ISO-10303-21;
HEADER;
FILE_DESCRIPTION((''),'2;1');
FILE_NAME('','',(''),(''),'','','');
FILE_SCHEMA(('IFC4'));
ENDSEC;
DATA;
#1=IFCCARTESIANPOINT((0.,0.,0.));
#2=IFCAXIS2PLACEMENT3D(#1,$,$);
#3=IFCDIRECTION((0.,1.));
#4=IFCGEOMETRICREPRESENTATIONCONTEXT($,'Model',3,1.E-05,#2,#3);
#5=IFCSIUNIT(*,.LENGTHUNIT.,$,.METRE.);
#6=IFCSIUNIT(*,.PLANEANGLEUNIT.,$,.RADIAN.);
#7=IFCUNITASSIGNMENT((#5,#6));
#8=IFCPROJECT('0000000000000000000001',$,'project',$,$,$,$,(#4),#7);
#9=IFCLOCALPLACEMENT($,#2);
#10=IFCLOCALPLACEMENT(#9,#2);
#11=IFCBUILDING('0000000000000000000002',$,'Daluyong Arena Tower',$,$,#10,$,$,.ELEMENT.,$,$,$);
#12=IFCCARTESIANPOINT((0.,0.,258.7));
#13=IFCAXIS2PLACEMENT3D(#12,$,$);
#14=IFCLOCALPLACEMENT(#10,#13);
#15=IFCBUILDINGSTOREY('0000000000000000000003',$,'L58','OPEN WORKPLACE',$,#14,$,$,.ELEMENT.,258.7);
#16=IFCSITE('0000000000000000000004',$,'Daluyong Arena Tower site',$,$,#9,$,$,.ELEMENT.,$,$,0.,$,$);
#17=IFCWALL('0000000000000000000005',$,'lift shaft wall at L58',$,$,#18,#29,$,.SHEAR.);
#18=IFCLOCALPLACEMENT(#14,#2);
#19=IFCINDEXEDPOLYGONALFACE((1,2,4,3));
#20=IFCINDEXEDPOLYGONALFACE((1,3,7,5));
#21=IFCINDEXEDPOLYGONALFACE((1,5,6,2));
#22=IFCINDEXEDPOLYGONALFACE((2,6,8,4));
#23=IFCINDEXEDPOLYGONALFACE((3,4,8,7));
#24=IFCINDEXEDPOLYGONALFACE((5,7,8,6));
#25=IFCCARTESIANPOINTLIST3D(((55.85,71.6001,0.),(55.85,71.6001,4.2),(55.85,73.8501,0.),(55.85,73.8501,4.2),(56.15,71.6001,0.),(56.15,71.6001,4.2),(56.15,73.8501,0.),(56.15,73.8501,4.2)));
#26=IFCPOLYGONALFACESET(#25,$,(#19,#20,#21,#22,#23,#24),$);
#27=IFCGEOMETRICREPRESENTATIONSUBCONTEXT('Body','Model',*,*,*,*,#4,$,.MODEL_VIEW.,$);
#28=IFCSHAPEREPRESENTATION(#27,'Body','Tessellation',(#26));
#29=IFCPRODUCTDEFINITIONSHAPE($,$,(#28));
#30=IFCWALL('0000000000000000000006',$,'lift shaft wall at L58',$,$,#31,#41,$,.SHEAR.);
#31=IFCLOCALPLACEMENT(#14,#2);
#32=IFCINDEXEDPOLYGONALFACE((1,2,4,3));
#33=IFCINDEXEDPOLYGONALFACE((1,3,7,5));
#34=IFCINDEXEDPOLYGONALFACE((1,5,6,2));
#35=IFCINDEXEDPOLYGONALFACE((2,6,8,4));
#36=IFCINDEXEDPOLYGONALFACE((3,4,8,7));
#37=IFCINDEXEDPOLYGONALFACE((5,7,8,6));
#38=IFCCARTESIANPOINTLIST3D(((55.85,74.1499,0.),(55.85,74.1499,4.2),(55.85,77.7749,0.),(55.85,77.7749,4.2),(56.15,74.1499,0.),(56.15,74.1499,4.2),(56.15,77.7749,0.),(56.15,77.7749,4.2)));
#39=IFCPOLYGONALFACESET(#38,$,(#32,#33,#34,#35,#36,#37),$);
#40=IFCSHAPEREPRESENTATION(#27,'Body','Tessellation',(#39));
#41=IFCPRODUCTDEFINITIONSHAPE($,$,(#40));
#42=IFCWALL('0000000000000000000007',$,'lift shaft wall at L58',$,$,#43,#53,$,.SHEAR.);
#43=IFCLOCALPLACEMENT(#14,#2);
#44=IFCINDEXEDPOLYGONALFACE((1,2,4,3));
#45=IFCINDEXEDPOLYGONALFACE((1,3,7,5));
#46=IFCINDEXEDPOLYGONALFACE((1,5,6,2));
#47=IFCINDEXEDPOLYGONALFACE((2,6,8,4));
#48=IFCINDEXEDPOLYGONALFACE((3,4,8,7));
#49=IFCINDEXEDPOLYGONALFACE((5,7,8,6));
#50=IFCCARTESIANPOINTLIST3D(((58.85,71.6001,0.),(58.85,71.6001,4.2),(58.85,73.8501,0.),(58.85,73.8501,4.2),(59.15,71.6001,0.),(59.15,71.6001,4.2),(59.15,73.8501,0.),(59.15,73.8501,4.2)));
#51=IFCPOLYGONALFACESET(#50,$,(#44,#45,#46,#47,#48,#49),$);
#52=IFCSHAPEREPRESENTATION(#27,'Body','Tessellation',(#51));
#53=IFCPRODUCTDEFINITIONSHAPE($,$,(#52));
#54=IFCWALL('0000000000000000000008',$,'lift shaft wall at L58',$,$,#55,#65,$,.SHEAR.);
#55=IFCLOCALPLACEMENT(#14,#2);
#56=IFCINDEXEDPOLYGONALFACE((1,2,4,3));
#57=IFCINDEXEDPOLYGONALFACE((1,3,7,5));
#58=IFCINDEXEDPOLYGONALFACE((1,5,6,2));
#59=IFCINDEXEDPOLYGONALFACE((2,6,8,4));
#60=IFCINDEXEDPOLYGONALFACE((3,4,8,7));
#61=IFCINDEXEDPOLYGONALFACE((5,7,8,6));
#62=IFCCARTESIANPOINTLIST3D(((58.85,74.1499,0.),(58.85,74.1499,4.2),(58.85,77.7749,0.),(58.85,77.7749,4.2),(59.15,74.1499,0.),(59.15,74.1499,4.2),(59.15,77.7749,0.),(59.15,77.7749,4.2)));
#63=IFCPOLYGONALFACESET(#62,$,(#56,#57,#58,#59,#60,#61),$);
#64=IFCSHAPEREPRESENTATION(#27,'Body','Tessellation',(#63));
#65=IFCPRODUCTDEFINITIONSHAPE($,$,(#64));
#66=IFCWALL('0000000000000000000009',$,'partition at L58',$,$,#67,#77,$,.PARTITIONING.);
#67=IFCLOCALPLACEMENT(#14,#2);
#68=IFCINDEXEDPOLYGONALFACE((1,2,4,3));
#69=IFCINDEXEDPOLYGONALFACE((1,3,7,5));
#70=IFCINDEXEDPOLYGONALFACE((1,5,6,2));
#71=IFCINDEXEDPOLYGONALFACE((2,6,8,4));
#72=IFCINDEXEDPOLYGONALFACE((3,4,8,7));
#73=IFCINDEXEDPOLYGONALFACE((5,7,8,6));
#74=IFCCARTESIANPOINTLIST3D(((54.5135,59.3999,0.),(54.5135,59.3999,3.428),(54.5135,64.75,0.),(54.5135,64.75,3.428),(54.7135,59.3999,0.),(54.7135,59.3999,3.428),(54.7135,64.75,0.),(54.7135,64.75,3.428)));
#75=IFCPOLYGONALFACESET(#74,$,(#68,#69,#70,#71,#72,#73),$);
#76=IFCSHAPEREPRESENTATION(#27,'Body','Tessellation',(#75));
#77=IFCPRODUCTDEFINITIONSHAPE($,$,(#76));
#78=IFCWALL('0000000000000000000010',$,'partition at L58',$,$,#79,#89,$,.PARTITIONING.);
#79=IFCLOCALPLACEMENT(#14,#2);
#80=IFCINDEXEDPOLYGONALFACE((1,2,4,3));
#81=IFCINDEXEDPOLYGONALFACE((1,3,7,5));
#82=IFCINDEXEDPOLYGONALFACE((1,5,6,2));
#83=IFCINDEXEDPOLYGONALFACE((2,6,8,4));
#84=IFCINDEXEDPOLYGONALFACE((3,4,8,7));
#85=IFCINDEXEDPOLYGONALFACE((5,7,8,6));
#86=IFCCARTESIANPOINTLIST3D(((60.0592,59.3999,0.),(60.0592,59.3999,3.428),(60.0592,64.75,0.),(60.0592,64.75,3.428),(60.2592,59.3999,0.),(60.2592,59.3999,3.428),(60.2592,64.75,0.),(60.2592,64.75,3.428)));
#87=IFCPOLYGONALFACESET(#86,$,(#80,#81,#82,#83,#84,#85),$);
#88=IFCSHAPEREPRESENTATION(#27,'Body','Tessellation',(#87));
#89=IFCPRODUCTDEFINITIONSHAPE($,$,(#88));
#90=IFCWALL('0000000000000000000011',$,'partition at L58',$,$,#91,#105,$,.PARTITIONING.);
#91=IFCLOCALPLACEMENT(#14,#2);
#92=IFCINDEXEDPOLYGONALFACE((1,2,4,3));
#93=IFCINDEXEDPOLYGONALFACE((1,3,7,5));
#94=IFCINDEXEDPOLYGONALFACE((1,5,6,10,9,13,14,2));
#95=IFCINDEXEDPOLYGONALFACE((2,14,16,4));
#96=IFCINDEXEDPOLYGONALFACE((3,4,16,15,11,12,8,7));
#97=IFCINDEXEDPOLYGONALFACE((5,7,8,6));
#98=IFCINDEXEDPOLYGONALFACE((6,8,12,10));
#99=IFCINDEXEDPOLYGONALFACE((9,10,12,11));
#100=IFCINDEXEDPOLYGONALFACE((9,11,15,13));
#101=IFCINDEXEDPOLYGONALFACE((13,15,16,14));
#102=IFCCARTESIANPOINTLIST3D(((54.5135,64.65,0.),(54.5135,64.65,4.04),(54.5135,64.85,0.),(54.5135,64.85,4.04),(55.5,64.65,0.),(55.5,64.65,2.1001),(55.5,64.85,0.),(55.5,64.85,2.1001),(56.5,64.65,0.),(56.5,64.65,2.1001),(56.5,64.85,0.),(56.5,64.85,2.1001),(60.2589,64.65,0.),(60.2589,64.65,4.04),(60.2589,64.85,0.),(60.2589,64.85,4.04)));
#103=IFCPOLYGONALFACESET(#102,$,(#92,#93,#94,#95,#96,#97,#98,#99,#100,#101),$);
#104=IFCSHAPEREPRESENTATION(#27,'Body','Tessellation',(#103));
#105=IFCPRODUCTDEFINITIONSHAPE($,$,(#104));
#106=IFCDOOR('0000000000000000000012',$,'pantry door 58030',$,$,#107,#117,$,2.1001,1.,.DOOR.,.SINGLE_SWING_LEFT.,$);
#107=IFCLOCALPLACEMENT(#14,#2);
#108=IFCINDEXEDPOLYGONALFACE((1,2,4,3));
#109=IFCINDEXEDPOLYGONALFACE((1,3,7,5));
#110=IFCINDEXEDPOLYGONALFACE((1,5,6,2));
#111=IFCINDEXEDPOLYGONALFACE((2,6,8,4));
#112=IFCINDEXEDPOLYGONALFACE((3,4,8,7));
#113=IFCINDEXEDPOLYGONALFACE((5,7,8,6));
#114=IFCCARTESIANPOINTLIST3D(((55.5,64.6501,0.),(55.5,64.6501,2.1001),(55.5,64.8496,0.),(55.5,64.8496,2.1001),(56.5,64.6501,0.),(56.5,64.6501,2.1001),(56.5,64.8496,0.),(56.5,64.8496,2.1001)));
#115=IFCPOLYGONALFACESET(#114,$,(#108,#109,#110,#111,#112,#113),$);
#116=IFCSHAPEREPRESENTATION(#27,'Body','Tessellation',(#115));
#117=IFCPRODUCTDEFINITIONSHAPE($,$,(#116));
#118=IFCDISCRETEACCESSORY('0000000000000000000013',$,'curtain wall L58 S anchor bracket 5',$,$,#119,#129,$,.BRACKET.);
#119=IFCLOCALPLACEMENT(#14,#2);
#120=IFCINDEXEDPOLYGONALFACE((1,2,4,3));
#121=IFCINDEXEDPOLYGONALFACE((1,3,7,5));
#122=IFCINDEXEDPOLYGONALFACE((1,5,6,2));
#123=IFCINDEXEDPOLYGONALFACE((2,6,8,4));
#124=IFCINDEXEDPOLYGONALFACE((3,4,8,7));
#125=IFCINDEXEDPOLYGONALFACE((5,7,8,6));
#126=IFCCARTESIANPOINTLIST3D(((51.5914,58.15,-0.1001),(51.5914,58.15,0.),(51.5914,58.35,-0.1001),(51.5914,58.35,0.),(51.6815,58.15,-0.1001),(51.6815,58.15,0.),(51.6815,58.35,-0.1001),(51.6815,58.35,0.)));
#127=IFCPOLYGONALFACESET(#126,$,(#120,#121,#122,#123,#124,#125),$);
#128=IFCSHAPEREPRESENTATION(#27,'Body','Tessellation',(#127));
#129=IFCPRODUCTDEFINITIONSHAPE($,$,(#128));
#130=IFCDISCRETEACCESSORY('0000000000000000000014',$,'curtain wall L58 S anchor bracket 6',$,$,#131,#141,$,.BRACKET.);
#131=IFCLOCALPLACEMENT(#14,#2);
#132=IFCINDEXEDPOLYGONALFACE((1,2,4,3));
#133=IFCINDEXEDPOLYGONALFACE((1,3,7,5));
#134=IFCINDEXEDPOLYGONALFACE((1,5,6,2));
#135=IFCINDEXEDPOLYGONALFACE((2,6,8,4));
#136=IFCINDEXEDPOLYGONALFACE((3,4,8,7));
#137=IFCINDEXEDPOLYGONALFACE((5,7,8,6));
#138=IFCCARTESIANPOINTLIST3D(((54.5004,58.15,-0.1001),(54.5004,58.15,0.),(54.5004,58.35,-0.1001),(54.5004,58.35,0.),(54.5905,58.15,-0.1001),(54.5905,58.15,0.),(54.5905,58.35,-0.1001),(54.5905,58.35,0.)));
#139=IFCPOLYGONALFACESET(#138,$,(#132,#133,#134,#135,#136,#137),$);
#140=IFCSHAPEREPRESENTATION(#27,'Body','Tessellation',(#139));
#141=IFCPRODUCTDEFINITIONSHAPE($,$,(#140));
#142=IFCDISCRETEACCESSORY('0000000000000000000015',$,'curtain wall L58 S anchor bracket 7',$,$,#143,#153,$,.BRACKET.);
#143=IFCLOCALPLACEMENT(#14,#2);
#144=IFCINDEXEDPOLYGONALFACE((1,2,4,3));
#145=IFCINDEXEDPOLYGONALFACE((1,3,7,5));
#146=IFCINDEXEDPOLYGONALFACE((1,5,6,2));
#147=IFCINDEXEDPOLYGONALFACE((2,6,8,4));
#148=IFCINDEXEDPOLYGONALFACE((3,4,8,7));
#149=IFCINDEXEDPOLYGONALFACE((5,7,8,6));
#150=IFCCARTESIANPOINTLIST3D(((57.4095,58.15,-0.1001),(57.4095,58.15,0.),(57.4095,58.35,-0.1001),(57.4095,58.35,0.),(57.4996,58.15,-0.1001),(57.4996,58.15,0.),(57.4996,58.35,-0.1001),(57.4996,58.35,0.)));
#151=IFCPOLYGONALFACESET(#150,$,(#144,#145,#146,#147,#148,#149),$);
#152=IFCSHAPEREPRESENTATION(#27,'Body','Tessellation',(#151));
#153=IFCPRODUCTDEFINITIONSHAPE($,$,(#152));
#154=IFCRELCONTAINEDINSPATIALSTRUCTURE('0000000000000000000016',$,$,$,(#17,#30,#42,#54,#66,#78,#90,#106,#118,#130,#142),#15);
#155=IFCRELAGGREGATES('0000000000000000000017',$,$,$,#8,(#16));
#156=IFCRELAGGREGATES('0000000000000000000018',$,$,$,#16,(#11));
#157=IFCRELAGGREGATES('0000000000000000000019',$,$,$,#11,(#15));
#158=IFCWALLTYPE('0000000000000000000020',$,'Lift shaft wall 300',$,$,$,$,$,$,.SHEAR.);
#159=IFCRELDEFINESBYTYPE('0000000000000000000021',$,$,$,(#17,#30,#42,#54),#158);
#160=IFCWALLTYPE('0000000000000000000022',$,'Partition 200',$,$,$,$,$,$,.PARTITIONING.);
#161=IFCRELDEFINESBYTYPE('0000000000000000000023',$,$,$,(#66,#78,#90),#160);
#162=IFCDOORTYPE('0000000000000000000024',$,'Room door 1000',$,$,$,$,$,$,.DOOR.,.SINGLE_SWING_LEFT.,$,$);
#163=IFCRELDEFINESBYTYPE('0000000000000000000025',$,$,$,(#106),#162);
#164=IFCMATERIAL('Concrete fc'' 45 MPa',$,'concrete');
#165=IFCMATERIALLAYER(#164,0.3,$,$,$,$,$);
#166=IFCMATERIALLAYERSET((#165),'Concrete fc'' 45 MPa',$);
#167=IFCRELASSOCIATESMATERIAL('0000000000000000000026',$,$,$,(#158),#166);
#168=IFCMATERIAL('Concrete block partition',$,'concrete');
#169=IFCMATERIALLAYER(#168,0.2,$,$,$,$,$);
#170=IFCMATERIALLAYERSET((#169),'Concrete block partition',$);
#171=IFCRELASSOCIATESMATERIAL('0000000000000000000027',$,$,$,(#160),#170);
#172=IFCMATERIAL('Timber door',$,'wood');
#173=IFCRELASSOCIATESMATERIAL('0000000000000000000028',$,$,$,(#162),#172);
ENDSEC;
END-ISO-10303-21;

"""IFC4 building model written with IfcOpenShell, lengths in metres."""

from ifc_helpers import new_model, si_unit, direction, frame, frame_2d, origin, origin_2d, place, context, subcontext, project, spatial, rectangle, extrude, material, layer, layer_set, type_object, element, fill, save


model = new_model("IFC4")

# Units and contexts
model_context = context("Model", 3, precision=1e-05, world=origin(), true_north=direction((0.0, 1.0)))
body_context = subcontext(model_context, "Body", "Model", "MODEL_VIEW")
ifc_project = project(units=[si_unit("LENGTHUNIT", "METRE"), si_unit("PLANEANGLEUNIT", "RADIAN")], contexts=[model_context])

# Site, building, storey
site_placement = place(None, origin())
site = spatial("IfcSite", under=ifc_project, at=site_placement, Name="Daluyong Arena Tower site", CompositionType="ELEMENT", RefElevation=0.0)
building_placement = place(site_placement, origin())
building = spatial("IfcBuilding", under=site, at=building_placement, Name="Daluyong Arena Tower", CompositionType="ELEMENT")
storey_placement = place(building_placement, frame((0.0, 0.0, 258.7)))
storey = spatial("IfcBuildingStorey", under=building, at=storey_placement, Name="L58", Description="OPEN WORKPLACE", CompositionType="ELEMENT", Elevation=258.7)

# Walls
ifc_material_1 = material(Name="Concrete fc' 45 MPa", Category="concrete")
ifc_layer_1 = layer(ifc_material_1, 0.3)
ifc_layer_set_1 = layer_set([ifc_layer_1], Name="Concrete fc' 45 MPa")
wall_type_1 = type_object("IfcWallType", Name="Lift shaft wall 300", PredefinedType="SHEAR", material=ifc_layer_set_1)
wall_1_placement = place(storey_placement, frame((56.0, 71.6001, 0.0), z_axis=(0.0, 0.0, 1.0), x_axis=(0.0, 1.0, 0.0)))
element("IfcWall", 1, at=wall_1_placement, inside=storey, type_object=wall_type_1, Name="lift shaft wall at L58", PredefinedType="SHEAR", context=body_context, shape_type="SweptSolid", body=[
    extrude(rectangle(XDim=2.25, YDim=0.3, at=frame_2d((1.125, 0.0))), origin(), (0.0, 0.0, 1.0), 4.2),
])
wall_2_placement = place(storey_placement, frame((56.0, 74.1499, 0.0), z_axis=(0.0, 0.0, 1.0), x_axis=(0.0, 1.0, 0.0)))
element("IfcWall", 2, at=wall_2_placement, inside=storey, type_object=wall_type_1, Name="lift shaft wall at L58", PredefinedType="SHEAR", context=body_context, shape_type="SweptSolid", body=[
    extrude(rectangle(XDim=3.625, YDim=0.3, at=frame_2d((1.8125, 0.0))), origin(), (0.0, 0.0, 1.0), 4.2),
])
wall_3_placement = place(storey_placement, frame((59.0, 71.6001, 0.0), z_axis=(0.0, 0.0, 1.0), x_axis=(0.0, 1.0, 0.0)))
element("IfcWall", 3, at=wall_3_placement, inside=storey, type_object=wall_type_1, Name="lift shaft wall at L58", PredefinedType="SHEAR", context=body_context, shape_type="SweptSolid", body=[
    extrude(rectangle(XDim=2.25, YDim=0.3, at=frame_2d((1.125, 0.0))), origin(), (0.0, 0.0, 1.0), 4.2),
])
wall_4_placement = place(storey_placement, frame((59.0, 74.1499, 0.0), z_axis=(0.0, 0.0, 1.0), x_axis=(0.0, 1.0, 0.0)))
element("IfcWall", 4, at=wall_4_placement, inside=storey, type_object=wall_type_1, Name="lift shaft wall at L58", PredefinedType="SHEAR", context=body_context, shape_type="SweptSolid", body=[
    extrude(rectangle(XDim=3.625, YDim=0.3, at=frame_2d((1.8125, 0.0))), origin(), (0.0, 0.0, 1.0), 4.2),
])
ifc_material_2 = material(Name="Concrete block partition", Category="concrete")
ifc_layer_2 = layer(ifc_material_2, 0.2)
ifc_layer_set_2 = layer_set([ifc_layer_2], Name="Concrete block partition")
wall_type_2 = type_object("IfcWallType", Name="Partition 200", PredefinedType="PARTITIONING", material=ifc_layer_set_2)
for number, where, z_axis, x_axis, name in (
    (5, (54.6135, 59.3999, 0.0), (0.0, 0.0, 1.0), (0.0, 1.0, 0.0), "partition at L58"),
    (6, (60.1592, 59.3999, 0.0), (0.0, 0.0, 1.0), (0.0, 1.0, 0.0), "partition at L58"),
):
    element("IfcWall", number, at=place(storey_placement, frame(where, z_axis=z_axis, x_axis=x_axis)), inside=storey, type_object=wall_type_2, Name=name, PredefinedType="PARTITIONING", context=body_context, shape_type="SweptSolid", body=[
        extrude(rectangle(XDim=5.3501, YDim=0.2, at=frame_2d((2.675, 0.0))), origin(), (0.0, 0.0, 1.0), 3.428),
    ])

# Wall, opening, door
wall_5_placement = place(storey_placement, frame((54.5137, 64.75, 0.0), z_axis=(0.0, 0.0, 1.0), x_axis=(1.0, 0.0, 0.0)))
wall_5 = element("IfcWall", 7, at=wall_5_placement, inside=storey, type_object=wall_type_2, Name="partition at L58", PredefinedType="PARTITIONING", context=body_context, shape_type="SweptSolid", body=[
    extrude(rectangle(XDim=5.7454, YDim=0.2, at=frame_2d((2.8726, 0.0))), origin(), (0.0, 0.0, 1.0), 4.04),
])
opening_placement = place(wall_5_placement, frame((0.9863, 0.0, 0.0)))
opening = element("IfcOpeningElement", 8, at=opening_placement, cuts=wall_5, PredefinedType="OPENING", context=body_context, shape_type="SweptSolid", body=[
    extrude(rectangle(XDim=1.0, YDim=2.1001, at=frame_2d((0.5, 1.05))), frame((0.0, 0.1099, 0.0), z_axis=(0.0, -1.0, 0.0), x_axis=(1.0, 0.0, 0.0)), (0.0, 0.0, 1.0), 0.22),
])
ifc_material_3 = material(Name="Timber door", Category="wood")
door_type = type_object("IfcDoorType", Name="Room door 1000", OperationType="SINGLE_SWING_LEFT", PredefinedType="DOOR", material=ifc_material_3)
door_placement = place(opening_placement, origin())
door = element("IfcDoor", 9, at=door_placement, inside=storey, type_object=door_type, Name="pantry door 58030", OperationType="SINGLE_SWING_LEFT", OverallHeight=2.1001, OverallWidth=1.0, PredefinedType="DOOR", context=body_context, shape_type="SweptSolid", body=[
    extrude(rectangle(XDim=1.0, YDim=2.1001, at=frame_2d((0.5, 1.05))), frame((0.0, 0.0996, 0.0), z_axis=(0.0, -1.0, 0.0), x_axis=(1.0, 0.0, 0.0)), (0.0, 0.0, 1.0), 0.1995),
])
fill(opening, door)

# Discrete accessories
for number, where, z_axis, x_axis, name in (
    (10, (51.6365, 58.25, -0.1001), (0.0, 0.0, 1.0), (1.0, 0.0, 0.0), "curtain wall L58 S anchor bracket 5"),
    (11, (54.5454, 58.25, -0.1001), (0.0, 0.0, 1.0), (1.0, 0.0, 0.0), "curtain wall L58 S anchor bracket 6"),
    (12, (57.4546, 58.25, -0.1001), (0.0, 0.0, 1.0), (1.0, 0.0, 0.0), "curtain wall L58 S anchor bracket 7"),
):
    element("IfcDiscreteAccessory", number, at=place(storey_placement, frame(where, z_axis=z_axis, x_axis=x_axis)), inside=storey, Name=name, PredefinedType="BRACKET", context=body_context, shape_type="SweptSolid", body=[
        extrude(rectangle(XDim=0.0901, YDim=0.2, at=origin_2d()), origin(), (0.0, 0.0, 1.0), 0.1001),
    ])

save(model, "model.ifc")
